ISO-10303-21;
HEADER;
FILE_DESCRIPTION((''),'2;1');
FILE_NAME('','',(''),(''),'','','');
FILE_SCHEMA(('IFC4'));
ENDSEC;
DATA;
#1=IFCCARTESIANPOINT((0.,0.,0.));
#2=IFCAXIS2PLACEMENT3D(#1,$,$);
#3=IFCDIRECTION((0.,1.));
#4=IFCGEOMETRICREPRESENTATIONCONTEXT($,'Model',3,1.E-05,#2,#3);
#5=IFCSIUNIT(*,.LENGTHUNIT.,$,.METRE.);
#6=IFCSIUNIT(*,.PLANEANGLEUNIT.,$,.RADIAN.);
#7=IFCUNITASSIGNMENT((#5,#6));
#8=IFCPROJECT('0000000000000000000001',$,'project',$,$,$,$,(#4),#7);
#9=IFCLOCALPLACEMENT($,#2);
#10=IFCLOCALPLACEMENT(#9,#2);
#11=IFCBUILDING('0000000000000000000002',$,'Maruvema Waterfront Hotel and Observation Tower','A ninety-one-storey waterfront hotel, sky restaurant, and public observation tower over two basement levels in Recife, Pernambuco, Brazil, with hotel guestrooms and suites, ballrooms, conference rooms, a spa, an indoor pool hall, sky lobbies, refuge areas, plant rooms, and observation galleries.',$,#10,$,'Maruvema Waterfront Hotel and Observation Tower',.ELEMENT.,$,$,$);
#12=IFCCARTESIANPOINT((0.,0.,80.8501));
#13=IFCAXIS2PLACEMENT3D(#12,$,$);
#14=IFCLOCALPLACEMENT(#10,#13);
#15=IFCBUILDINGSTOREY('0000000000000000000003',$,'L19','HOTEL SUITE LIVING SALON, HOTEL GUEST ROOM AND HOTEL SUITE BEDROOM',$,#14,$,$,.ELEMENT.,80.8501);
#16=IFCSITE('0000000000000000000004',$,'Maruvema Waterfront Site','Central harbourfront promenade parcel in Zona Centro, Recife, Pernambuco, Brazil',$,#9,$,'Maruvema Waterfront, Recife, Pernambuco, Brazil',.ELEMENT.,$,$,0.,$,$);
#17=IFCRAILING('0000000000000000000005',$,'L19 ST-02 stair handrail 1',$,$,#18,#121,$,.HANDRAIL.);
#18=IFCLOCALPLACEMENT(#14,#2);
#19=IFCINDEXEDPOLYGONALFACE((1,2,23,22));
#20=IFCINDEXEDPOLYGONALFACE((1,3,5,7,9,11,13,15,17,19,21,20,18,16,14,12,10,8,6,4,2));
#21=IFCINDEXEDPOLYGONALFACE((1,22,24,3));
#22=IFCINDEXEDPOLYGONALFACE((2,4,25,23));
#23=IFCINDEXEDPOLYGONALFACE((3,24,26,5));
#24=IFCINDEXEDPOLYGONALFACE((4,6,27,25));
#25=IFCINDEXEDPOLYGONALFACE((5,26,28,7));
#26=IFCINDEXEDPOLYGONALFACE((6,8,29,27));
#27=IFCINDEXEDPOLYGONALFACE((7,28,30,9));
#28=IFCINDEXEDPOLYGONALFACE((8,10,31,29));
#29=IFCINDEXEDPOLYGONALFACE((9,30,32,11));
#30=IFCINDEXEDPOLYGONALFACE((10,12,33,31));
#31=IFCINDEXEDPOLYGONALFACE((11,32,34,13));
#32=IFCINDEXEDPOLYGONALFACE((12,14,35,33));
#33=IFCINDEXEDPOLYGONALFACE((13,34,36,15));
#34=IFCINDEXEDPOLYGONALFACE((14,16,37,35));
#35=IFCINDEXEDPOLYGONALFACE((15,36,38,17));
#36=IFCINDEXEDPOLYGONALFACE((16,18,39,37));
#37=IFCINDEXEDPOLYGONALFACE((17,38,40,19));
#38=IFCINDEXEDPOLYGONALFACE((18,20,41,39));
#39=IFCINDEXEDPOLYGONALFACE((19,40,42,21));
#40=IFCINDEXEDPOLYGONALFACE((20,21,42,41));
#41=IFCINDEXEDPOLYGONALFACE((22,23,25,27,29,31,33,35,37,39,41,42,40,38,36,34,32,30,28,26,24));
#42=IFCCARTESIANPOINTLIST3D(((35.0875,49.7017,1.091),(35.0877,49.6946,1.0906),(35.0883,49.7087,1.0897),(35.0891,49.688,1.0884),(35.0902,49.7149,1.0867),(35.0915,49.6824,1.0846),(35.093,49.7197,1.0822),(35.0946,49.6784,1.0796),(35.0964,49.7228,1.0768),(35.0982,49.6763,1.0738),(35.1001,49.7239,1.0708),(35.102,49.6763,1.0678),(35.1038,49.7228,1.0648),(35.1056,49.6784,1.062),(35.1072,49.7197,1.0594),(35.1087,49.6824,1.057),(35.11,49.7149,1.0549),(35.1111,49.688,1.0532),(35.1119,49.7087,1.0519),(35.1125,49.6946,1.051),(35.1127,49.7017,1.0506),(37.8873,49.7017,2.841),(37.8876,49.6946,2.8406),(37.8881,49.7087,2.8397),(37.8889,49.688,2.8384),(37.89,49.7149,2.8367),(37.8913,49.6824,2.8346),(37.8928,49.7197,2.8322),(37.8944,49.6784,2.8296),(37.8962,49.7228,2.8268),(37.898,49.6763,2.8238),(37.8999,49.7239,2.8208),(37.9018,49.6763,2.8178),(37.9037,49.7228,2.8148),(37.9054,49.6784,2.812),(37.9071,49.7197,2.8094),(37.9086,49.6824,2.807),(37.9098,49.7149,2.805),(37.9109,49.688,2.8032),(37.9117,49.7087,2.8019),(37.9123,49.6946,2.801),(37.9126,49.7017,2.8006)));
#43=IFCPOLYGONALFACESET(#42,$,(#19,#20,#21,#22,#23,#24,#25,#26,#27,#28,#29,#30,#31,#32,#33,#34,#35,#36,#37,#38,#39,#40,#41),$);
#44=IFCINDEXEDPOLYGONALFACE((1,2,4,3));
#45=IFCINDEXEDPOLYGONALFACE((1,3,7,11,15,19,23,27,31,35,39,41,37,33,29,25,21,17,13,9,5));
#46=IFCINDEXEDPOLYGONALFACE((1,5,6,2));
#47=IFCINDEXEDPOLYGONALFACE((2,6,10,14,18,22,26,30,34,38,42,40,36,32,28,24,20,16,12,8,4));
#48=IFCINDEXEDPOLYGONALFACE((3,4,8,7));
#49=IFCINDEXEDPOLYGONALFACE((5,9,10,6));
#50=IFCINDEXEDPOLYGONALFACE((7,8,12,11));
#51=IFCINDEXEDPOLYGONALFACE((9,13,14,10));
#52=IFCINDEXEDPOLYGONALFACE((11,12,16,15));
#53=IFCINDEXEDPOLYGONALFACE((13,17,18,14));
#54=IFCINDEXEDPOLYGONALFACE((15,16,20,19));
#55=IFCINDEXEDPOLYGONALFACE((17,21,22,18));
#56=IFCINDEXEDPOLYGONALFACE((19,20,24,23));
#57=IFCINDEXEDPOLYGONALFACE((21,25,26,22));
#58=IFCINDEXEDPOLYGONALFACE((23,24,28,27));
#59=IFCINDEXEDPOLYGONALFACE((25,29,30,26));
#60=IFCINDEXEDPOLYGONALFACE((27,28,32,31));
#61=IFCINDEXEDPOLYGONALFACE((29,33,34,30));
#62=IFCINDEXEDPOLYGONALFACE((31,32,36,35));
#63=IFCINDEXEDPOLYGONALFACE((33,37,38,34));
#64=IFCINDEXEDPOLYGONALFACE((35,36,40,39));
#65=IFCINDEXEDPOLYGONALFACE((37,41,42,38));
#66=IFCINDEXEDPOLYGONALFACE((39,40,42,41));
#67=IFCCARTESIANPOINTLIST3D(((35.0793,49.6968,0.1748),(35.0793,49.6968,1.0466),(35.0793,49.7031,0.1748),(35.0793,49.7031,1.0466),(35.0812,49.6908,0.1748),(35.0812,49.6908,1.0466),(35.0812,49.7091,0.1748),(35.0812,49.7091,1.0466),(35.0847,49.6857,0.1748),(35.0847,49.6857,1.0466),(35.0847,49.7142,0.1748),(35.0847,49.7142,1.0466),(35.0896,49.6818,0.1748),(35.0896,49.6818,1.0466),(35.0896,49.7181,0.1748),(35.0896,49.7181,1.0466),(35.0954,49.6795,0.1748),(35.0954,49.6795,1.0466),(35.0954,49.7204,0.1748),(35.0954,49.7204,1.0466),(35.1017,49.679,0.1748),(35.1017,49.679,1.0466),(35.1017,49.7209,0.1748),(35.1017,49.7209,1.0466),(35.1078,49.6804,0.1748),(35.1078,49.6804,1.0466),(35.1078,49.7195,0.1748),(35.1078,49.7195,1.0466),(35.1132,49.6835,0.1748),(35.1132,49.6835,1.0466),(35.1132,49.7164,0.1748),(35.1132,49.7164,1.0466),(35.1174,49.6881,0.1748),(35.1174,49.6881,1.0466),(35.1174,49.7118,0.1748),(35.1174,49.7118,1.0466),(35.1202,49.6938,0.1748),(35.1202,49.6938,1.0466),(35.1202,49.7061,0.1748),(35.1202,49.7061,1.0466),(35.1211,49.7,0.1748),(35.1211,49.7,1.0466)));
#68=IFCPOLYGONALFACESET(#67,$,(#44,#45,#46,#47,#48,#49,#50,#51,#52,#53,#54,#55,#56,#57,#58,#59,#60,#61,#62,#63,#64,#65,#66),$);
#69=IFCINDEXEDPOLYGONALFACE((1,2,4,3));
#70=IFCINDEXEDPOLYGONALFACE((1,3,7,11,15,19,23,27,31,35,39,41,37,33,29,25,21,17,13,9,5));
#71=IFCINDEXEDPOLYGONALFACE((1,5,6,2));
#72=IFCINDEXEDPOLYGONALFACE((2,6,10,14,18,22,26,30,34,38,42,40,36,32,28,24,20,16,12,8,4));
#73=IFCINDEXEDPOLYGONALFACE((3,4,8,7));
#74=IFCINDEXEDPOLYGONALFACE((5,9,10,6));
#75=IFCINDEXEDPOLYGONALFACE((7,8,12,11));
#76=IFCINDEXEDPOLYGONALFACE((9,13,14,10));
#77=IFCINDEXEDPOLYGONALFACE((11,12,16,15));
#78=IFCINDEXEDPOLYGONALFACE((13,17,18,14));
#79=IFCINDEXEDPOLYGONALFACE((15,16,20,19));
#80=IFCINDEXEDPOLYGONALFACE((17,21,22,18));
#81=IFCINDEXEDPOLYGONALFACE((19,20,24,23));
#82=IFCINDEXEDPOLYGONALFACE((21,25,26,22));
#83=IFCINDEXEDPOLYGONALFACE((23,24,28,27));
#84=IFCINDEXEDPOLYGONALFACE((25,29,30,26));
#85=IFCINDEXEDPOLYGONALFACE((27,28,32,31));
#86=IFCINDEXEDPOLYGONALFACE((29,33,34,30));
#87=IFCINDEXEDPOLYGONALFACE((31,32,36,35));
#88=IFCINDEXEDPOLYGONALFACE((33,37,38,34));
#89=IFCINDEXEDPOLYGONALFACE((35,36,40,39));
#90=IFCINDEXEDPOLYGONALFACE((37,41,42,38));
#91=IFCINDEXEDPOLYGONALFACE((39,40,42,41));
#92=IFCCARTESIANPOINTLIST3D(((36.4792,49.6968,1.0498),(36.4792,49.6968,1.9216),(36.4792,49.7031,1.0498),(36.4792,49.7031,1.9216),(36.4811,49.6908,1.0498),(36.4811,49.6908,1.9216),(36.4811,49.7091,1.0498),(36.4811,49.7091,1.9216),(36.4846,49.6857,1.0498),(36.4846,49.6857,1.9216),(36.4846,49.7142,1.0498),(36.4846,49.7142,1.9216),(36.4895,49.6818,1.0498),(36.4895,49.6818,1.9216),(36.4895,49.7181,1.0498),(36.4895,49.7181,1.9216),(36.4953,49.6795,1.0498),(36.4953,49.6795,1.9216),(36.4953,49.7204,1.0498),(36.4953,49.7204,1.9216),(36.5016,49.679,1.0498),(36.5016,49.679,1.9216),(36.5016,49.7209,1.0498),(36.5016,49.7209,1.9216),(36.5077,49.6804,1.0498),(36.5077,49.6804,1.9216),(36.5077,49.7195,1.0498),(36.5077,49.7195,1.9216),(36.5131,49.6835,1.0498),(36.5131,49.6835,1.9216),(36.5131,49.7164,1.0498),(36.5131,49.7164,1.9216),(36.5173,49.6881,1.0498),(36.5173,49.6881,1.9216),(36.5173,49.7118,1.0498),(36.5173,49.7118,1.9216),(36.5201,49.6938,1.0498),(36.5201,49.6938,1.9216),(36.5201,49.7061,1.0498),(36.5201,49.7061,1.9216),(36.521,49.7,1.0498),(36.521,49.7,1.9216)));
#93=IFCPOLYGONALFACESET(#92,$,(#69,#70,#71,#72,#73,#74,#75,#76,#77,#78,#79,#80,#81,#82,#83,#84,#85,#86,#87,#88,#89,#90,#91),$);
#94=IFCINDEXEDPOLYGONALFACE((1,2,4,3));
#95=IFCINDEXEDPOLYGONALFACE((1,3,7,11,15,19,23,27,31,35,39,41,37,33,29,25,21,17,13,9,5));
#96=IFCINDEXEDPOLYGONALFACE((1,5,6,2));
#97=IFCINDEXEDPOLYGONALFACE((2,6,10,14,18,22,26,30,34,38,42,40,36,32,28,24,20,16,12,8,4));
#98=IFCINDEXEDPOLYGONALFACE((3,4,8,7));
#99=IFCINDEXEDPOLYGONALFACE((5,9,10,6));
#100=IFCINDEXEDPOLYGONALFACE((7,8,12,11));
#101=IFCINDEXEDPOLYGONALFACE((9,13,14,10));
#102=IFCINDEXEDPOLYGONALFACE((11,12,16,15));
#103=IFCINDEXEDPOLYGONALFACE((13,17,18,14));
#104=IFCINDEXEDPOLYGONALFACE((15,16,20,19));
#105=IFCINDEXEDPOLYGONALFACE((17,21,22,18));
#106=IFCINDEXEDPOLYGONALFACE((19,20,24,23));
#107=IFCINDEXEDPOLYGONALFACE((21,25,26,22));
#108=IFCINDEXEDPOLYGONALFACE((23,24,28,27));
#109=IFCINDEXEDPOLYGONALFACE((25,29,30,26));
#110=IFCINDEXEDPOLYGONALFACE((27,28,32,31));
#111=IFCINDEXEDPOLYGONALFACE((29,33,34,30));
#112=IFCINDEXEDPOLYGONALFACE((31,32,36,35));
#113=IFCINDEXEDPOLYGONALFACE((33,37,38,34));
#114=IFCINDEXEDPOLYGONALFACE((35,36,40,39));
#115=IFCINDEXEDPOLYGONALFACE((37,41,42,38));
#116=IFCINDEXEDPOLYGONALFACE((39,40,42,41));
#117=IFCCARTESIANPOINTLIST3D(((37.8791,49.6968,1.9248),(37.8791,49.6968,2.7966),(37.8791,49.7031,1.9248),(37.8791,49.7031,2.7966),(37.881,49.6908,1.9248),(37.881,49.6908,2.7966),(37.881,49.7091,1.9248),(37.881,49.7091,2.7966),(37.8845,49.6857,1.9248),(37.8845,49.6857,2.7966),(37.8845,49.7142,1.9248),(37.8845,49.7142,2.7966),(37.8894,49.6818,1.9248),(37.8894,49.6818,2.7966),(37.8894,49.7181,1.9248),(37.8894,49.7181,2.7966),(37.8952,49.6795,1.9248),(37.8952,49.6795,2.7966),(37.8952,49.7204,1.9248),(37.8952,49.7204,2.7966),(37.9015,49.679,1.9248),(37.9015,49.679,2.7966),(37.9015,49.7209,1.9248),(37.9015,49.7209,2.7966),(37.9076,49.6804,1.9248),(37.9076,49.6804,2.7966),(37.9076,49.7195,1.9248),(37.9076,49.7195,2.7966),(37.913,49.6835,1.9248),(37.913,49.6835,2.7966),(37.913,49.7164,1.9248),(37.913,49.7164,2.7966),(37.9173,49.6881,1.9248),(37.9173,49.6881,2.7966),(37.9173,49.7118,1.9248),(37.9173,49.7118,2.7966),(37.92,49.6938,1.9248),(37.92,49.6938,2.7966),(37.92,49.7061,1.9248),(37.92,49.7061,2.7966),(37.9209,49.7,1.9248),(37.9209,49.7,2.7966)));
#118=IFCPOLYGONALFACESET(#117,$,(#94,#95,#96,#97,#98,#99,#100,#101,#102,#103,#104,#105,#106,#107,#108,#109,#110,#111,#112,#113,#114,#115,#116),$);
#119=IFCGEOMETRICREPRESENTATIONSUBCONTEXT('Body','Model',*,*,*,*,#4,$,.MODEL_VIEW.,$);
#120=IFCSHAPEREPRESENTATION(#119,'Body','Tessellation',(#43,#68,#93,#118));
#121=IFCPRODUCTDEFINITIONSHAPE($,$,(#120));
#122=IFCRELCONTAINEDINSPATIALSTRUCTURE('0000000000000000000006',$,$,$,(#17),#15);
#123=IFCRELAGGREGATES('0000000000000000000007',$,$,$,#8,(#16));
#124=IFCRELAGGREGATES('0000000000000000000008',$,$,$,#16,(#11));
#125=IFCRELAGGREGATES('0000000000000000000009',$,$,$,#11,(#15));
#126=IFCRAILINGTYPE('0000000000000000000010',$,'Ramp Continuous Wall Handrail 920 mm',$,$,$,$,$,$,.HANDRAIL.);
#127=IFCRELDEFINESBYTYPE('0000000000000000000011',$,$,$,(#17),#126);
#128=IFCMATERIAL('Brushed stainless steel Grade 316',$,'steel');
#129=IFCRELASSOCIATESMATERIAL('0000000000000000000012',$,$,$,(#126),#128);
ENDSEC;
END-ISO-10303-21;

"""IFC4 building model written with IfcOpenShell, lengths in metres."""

from ifc_helpers import new_model, si_unit, direction, frame, origin, origin_2d, place, context, subcontext, project, spatial, circle, extrude, material, type_object, element, save


model = new_model("IFC4")

# Units and contexts
model_context = context("Model", 3, precision=1e-05, world=origin(), true_north=direction((0.0, 1.0)))
body_context = subcontext(model_context, "Body", "Model", "MODEL_VIEW")
ifc_project = project(units=[si_unit("LENGTHUNIT", "METRE"), si_unit("PLANEANGLEUNIT", "RADIAN")], contexts=[model_context])

# Site, building, storey
site_placement = place(None, origin())
site = spatial("IfcSite", under=ifc_project, at=site_placement, Name="Maruvema Waterfront Site", Description="Central harbourfront promenade parcel in Zona Centro, Recife, Pernambuco, Brazil", LongName="Maruvema Waterfront, Recife, Pernambuco, Brazil", CompositionType="ELEMENT", RefElevation=0.0)
building_placement = place(site_placement, origin())
building = spatial("IfcBuilding", under=site, at=building_placement, Name="Maruvema Waterfront Hotel and Observation Tower", Description="A ninety-one-storey waterfront hotel, sky restaurant, and public observation tower over two basement levels in Recife, Pernambuco, Brazil, with hotel guestrooms and suites, ballrooms, conference rooms, a spa, an indoor pool hall, sky lobbies, refuge areas, plant rooms, and observation galleries.", LongName="Maruvema Waterfront Hotel and Observation Tower", CompositionType="ELEMENT")
storey_placement = place(building_placement, frame((0.0, 0.0, 80.8501)))
storey = spatial("IfcBuildingStorey", under=building, at=storey_placement, Name="L19", Description="HOTEL SUITE LIVING SALON, HOTEL GUEST ROOM AND HOTEL SUITE BEDROOM", CompositionType="ELEMENT", Elevation=80.8501)

# Railing
ifc_material_1 = material(Name="Brushed stainless steel Grade 316", Category="steel")
railing_type_1 = type_object("IfcRailingType", Name="Ramp Continuous Wall Handrail 920 mm", PredefinedType="HANDRAIL", material=ifc_material_1)
railing_1_placement = place(storey_placement, frame((35.1001, 49.7, 0.1748)))
element("IfcRailing", 1, at=railing_1_placement, inside=storey, type_object=railing_type_1, Name="L19 ST-02 stair handrail 1", PredefinedType="HANDRAIL", context=body_context, shape_type="SweptSolid", body=[
    extrude(circle(Radius=0.0239, at=origin_2d()), frame((0.0, 0.0, 0.896), z_axis=(0.847982, 0.0, 0.530026), x_axis=(0.0, 1.0, 0.0)), (0.0, 0.0, 1.0), 3.3018),
    extrude(circle(Radius=0.021, at=origin_2d()), origin(), (0.0, 0.0, 1.0), 0.8718),
    extrude(circle(Radius=0.021, at=origin_2d()), frame((1.3999, 0.0, 0.875)), (0.0, 0.0, 1.0), 0.8718),
    extrude(circle(Radius=0.021, at=origin_2d()), frame((2.7998, 0.0, 1.75)), (0.0, 0.0, 1.0), 0.8718),
])

save(model, "model.ifc")
